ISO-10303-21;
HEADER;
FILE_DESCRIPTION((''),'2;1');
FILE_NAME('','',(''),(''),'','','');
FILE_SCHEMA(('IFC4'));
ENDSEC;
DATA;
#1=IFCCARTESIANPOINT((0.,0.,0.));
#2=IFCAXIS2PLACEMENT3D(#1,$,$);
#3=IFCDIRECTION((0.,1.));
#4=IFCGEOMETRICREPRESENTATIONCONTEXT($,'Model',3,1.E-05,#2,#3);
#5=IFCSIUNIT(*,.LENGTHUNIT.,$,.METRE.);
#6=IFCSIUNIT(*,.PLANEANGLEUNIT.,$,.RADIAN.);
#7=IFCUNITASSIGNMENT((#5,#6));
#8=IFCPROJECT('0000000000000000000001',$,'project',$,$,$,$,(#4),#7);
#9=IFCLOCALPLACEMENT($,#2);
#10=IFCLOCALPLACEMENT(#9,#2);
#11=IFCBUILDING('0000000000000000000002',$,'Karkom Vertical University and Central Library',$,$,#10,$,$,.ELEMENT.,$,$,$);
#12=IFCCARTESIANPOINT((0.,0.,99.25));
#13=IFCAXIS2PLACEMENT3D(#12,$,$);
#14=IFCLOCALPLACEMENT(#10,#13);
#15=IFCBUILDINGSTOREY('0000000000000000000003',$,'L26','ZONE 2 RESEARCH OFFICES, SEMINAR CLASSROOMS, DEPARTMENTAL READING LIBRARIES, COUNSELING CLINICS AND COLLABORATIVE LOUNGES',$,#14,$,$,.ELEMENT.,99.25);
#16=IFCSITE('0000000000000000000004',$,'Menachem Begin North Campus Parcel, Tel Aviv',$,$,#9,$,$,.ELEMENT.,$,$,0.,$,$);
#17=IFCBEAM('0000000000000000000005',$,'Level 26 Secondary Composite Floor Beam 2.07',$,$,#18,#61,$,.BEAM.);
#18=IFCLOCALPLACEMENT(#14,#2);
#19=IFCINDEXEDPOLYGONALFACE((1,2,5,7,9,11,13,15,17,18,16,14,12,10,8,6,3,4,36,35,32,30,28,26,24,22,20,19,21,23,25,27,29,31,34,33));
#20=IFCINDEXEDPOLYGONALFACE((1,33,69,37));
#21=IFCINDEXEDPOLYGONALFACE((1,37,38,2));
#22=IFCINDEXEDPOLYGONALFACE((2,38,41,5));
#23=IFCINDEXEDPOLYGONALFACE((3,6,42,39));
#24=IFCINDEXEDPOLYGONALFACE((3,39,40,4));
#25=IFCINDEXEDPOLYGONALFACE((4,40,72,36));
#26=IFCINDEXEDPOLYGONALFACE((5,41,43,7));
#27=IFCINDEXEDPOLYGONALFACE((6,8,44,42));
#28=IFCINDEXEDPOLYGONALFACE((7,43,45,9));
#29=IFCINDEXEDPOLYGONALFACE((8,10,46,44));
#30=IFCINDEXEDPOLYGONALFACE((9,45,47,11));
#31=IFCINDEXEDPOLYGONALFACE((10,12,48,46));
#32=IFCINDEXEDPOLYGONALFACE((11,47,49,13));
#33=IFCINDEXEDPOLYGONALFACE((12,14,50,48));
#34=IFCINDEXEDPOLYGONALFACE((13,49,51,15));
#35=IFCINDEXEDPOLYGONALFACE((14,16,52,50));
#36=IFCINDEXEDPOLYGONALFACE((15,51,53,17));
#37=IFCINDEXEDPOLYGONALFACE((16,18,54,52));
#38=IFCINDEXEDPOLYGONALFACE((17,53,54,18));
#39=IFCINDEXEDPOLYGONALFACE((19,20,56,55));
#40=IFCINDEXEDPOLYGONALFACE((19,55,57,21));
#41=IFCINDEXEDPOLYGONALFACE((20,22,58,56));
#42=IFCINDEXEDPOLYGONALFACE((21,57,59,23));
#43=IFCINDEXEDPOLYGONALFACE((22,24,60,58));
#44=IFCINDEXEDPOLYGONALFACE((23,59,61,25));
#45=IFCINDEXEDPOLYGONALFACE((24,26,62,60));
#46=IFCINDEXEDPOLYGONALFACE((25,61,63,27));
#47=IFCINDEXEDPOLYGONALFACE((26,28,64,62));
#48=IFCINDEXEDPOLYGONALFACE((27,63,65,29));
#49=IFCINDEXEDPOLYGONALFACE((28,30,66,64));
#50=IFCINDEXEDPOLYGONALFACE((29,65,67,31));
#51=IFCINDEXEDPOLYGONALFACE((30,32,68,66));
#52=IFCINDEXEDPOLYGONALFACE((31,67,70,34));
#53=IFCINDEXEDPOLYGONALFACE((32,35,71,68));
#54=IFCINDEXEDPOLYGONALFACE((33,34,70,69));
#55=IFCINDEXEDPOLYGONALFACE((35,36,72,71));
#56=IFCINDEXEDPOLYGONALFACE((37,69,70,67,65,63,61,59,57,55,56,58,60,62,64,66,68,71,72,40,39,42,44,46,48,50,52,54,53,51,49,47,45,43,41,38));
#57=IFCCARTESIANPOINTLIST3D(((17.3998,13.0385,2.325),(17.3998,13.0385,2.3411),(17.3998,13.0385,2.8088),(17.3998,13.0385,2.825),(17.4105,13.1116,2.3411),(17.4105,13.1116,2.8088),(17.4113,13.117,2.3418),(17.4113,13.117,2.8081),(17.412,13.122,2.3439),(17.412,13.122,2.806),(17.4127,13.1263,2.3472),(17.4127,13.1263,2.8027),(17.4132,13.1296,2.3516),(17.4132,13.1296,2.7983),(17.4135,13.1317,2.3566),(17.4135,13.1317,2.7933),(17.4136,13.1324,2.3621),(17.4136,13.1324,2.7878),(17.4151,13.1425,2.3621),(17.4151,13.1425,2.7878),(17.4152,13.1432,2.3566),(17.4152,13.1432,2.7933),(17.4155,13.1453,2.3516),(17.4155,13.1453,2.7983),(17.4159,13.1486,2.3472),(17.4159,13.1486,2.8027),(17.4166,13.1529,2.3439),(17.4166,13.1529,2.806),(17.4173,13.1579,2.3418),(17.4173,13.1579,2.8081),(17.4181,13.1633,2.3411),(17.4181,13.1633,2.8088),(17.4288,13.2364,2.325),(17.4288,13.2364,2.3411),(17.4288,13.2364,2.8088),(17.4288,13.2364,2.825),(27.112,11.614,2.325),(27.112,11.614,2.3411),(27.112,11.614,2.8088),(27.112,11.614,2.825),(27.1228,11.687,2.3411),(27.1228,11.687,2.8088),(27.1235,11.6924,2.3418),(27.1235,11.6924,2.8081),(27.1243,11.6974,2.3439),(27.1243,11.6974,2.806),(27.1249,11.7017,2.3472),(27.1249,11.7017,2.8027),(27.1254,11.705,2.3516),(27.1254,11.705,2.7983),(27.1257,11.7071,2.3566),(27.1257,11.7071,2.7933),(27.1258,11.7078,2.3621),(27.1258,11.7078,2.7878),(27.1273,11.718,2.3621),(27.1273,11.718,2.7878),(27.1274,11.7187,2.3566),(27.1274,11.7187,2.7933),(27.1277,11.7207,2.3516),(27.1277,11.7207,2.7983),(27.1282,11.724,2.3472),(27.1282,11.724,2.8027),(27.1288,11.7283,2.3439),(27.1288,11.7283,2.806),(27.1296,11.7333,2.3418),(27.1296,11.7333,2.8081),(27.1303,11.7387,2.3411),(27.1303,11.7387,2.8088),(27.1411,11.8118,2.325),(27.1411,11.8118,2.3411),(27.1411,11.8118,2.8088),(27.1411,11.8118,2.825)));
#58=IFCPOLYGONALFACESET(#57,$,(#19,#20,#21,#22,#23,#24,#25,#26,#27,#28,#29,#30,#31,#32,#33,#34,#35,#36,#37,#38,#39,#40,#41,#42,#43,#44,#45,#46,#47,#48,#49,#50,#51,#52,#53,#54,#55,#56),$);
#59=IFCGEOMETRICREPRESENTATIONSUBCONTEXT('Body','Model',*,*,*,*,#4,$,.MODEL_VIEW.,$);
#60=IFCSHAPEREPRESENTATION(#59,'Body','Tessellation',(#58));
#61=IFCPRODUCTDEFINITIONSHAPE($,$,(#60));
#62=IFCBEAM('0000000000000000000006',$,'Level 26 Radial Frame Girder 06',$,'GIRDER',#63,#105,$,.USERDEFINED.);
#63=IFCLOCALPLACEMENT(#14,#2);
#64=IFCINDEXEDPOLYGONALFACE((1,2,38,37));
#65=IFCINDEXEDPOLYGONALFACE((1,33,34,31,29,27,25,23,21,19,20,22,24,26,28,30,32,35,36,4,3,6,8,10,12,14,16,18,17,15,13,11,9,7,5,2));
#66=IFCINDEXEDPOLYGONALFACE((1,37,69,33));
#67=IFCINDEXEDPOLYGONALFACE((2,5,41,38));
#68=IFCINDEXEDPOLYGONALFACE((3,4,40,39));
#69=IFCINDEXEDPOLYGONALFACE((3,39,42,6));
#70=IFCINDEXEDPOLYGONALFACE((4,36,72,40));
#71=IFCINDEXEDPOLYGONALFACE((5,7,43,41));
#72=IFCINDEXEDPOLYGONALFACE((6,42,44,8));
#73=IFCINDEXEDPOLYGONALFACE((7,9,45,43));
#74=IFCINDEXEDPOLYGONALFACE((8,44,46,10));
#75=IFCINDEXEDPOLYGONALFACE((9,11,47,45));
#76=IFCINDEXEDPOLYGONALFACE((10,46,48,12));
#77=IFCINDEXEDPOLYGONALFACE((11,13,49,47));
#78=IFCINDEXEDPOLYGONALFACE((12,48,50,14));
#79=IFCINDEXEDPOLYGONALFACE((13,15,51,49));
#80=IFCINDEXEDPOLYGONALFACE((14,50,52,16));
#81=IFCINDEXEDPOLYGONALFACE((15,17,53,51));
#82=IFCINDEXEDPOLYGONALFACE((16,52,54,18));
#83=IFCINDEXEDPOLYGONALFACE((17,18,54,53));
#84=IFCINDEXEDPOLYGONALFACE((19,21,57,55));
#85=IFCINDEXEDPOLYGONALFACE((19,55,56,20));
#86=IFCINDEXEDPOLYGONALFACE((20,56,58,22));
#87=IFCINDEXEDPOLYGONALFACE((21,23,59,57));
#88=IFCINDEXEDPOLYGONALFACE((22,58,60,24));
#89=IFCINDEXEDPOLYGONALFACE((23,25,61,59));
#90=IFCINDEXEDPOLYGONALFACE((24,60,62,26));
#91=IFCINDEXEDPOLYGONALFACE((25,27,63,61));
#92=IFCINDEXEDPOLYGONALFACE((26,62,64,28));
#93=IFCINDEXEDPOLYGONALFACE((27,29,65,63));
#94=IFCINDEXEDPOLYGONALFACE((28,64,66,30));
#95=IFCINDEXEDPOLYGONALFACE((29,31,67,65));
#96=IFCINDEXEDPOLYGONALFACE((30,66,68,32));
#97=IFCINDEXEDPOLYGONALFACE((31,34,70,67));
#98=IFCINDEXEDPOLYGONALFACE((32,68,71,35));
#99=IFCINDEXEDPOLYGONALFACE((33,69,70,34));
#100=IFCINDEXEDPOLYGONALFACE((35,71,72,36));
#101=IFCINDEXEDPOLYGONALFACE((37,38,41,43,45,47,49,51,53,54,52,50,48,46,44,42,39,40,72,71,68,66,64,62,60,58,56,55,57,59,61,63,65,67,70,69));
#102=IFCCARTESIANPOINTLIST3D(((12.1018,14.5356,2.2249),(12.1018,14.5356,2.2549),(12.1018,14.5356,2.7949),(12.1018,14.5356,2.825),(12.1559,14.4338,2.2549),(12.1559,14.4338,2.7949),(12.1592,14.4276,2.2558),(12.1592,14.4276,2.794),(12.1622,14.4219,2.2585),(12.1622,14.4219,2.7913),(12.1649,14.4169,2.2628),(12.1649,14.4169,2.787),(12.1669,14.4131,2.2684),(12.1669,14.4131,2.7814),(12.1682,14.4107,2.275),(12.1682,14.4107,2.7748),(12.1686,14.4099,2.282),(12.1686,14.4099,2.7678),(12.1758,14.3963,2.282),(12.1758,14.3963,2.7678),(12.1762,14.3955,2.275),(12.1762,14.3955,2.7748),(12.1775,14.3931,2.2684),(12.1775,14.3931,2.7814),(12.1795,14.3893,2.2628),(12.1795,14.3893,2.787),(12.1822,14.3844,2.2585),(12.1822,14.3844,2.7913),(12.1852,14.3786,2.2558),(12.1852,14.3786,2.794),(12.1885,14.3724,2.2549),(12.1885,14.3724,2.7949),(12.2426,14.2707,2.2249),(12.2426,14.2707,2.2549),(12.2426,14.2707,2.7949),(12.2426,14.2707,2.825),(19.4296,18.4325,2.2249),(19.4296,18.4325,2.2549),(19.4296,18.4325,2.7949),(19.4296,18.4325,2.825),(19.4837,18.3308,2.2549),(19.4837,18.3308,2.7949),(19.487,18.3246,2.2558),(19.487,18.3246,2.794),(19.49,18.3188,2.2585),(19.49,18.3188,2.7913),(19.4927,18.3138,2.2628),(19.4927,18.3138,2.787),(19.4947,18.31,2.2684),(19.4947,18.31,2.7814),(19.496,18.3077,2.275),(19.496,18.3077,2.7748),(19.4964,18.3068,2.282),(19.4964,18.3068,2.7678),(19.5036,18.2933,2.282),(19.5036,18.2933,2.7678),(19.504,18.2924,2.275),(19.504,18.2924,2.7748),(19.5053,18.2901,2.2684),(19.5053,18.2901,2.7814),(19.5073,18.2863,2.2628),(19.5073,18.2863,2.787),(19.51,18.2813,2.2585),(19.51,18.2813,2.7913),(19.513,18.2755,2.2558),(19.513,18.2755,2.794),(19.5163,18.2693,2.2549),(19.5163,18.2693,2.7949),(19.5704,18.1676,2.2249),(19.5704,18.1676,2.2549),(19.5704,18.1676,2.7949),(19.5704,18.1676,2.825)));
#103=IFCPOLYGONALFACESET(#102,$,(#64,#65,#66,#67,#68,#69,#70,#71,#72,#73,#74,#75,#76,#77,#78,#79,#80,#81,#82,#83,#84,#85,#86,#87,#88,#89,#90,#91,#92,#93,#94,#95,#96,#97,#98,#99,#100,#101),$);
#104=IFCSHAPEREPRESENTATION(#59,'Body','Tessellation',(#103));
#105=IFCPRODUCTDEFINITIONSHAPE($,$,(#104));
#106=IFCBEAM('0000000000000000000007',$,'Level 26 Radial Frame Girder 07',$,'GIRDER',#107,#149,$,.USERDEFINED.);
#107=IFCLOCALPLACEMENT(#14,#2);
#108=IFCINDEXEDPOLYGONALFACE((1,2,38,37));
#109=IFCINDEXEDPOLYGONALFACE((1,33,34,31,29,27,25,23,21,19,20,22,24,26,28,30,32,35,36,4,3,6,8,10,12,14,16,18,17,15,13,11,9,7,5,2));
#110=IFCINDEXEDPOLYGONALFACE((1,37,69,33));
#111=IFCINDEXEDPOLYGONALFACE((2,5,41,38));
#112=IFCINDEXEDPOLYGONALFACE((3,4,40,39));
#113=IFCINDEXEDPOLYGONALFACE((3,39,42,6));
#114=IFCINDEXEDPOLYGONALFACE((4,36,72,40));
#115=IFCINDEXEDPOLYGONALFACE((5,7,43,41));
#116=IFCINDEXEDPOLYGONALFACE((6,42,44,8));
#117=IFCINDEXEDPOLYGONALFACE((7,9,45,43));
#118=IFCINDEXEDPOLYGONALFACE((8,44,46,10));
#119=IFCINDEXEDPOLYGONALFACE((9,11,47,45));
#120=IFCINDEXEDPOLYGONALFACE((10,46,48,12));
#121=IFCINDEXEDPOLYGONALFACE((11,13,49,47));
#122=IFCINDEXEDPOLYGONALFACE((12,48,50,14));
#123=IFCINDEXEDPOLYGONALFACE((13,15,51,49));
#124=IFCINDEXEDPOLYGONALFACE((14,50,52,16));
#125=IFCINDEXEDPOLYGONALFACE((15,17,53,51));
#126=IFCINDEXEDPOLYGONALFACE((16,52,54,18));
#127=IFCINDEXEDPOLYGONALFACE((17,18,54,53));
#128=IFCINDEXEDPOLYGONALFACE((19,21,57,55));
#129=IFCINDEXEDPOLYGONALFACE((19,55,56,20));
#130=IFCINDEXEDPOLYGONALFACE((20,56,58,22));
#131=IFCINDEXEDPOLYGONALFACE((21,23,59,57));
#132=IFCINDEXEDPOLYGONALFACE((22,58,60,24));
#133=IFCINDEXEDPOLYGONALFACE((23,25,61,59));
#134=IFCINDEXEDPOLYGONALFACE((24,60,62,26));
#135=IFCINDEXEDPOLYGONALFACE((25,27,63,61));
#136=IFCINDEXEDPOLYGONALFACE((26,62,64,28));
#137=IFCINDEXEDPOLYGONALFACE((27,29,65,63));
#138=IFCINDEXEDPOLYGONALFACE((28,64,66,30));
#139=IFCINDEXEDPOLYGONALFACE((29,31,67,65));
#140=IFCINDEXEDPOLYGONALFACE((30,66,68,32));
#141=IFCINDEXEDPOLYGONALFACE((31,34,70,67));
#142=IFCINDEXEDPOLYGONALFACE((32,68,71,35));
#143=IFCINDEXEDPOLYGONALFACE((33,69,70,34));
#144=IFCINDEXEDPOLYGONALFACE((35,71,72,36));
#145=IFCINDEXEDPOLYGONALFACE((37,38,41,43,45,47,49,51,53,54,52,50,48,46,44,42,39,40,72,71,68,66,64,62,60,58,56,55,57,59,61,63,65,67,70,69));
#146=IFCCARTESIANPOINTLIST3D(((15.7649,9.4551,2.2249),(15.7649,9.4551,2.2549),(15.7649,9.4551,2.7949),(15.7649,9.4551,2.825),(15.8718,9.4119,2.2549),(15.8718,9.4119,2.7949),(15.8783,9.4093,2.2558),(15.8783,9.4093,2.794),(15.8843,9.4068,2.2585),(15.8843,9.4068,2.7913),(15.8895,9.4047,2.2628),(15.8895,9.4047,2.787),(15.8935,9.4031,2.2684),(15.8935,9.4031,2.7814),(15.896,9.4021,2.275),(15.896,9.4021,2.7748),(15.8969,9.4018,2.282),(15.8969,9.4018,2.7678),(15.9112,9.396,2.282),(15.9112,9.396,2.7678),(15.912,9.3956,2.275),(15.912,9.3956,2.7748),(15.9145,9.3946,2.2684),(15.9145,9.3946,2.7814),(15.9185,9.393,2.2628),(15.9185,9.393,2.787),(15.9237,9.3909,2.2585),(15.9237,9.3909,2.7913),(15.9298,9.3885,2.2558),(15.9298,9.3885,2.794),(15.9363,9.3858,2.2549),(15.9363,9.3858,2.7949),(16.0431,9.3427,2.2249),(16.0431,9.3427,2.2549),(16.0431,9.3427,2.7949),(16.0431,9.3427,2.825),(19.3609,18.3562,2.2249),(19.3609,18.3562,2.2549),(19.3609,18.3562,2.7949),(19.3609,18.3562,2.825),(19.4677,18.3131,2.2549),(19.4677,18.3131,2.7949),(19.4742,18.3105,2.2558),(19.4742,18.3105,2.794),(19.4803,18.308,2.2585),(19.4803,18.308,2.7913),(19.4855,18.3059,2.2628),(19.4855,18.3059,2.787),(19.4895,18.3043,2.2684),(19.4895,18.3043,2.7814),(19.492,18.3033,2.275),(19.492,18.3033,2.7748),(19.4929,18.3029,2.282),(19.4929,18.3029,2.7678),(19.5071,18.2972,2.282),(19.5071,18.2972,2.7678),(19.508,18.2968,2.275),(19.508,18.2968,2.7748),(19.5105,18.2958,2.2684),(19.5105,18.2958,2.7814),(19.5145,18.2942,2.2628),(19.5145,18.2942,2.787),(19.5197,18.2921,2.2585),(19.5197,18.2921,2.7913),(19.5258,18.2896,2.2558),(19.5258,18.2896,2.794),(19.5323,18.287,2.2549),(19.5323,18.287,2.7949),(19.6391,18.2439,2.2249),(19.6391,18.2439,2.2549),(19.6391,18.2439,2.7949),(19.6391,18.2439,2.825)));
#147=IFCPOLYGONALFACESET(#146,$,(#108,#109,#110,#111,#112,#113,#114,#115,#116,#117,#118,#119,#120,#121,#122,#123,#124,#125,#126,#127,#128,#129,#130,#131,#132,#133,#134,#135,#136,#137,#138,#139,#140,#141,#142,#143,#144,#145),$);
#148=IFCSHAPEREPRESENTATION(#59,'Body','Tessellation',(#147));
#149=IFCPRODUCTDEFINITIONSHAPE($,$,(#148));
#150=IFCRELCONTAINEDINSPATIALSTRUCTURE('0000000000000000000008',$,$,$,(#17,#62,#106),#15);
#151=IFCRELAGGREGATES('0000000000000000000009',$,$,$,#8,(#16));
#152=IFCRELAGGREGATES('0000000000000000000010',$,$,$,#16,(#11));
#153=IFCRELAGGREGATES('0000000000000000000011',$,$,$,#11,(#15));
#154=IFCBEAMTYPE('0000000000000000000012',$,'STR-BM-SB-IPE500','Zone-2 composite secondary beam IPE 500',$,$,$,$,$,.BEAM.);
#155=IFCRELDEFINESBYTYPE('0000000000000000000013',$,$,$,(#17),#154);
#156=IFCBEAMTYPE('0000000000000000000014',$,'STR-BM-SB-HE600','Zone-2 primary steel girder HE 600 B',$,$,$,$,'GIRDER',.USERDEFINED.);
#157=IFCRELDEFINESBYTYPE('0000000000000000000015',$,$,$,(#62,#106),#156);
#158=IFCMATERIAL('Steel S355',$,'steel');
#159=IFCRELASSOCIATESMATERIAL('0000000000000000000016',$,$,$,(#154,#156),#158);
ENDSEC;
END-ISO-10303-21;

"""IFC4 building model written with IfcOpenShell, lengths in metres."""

from ifc_helpers import new_model, si_unit, direction, frame, origin, origin_with_axes, origin_2d, place, context, subcontext, project, spatial, i_section, extrude, source, transform, mapped, material, material_profile, profile_set, type_object, element, save


model = new_model("IFC4")

# Units and contexts
model_context = context("Model", 3, precision=1e-05, world=origin(), true_north=direction((0.0, 1.0)))
body_context = subcontext(model_context, "Body", "Model", "MODEL_VIEW")
ifc_project = project(units=[si_unit("LENGTHUNIT", "METRE"), si_unit("PLANEANGLEUNIT", "RADIAN")], contexts=[model_context])

# Site, building, storey
site_placement = place(None, origin())
site = spatial("IfcSite", under=ifc_project, at=site_placement, Name="Menachem Begin North Campus Parcel, Tel Aviv", CompositionType="ELEMENT", RefElevation=0.0)
building_placement = place(site_placement, origin())
building = spatial("IfcBuilding", under=site, at=building_placement, Name="Karkom Vertical University and Central Library", CompositionType="ELEMENT")
storey_placement = place(building_placement, frame((0.0, 0.0, 99.25)))
storey = spatial("IfcBuildingStorey", under=building, at=storey_placement, Name="L26", Description="ZONE 2 RESEARCH OFFICES, SEMINAR CLASSROOMS, DEPARTMENTAL READING LIBRARIES, COUNSELING CLINICS AND COLLABORATIVE LOUNGES", CompositionType="ELEMENT", Elevation=99.25)

# Beams
ifc_material_1 = material(Name="Steel S355", Category="steel")
ifc_material_profile_1 = material_profile(ifc_material_1, i_section(OverallWidth=0.2, OverallDepth=0.5, WebThickness=0.0103, FlangeThickness=0.0161, FilletRadius=0.021, at=origin_2d()), Name="IPE 500")
ifc_profile_set_1 = profile_set([ifc_material_profile_1], Name="Steel S355")
beam_type_1 = type_object("IfcBeamType", Name="STR-BM-SB-IPE500", Description="Zone-2 composite secondary beam IPE 500", PredefinedType="BEAM", material=ifc_profile_set_1)
shared_shape_1 = source(origin_with_axes(), body_context, "Body", "SweptSolid", [
    extrude(i_section(OverallWidth=0.2, OverallDepth=0.5, WebThickness=0.0103, FlangeThickness=0.0161, FilletRadius=0.021, at=origin_2d()), origin(), (0.0, 0.0, 1.0), 9.8162),
])
beam_1_placement = place(storey_placement, frame((17.4143, 13.1375, 2.575), z_axis=(0.989413, -0.145125, 0.0), x_axis=(0.145125, 0.989413, 0.0)))
element("IfcBeam", 1, at=beam_1_placement, inside=storey, type_object=beam_type_1, Name="Level 26 Secondary Composite Floor Beam 2.07", PredefinedType="BEAM", context=body_context, shape_type="MappedRepresentation", body=[
    mapped(shared_shape_1, transform((0.0, 0.0, 0.0), scale=1.0)),
])
ifc_material_profile_2 = material_profile(ifc_material_1, i_section(OverallWidth=0.3, OverallDepth=0.6001, WebThickness=0.0154, FlangeThickness=0.03, FilletRadius=0.0271, at=origin_2d()), Name="HE 600 B")
ifc_profile_set_2 = profile_set([ifc_material_profile_2], Name="Steel S355")
beam_type_2 = type_object("IfcBeamType", Name="STR-BM-SB-HE600", Description="Zone-2 primary steel girder HE 600 B", ElementType="GIRDER", PredefinedType="USERDEFINED", material=ifc_profile_set_2)
shared_shape_2 = source(origin_with_axes(), body_context, "Body", "SweptSolid", [
    extrude(i_section(OverallWidth=0.3, OverallDepth=0.6001, WebThickness=0.0154, FlangeThickness=0.03, FilletRadius=0.0271, at=origin_2d()), origin(), (0.0, 0.0, 1.0), 8.2996),
])
beam_2_placement = place(storey_placement, frame((19.5, 18.3, 2.5249), z_axis=(-0.882914, -0.469534, 0.0), x_axis=(0.469534, -0.882914, 0.0)))
element("IfcBeam", 2, at=beam_2_placement, inside=storey, type_object=beam_type_2, Name="Level 26 Radial Frame Girder 06", ObjectType="GIRDER", PredefinedType="USERDEFINED", context=body_context, shape_type="MappedRepresentation", body=[
    mapped(shared_shape_2, transform((0.0, 0.0, 0.0), scale=1.0)),
])
shared_shape_3 = source(origin_with_axes(), body_context, "Body", "SweptSolid", [
    extrude(i_section(OverallWidth=0.3, OverallDepth=0.6001, WebThickness=0.0154, FlangeThickness=0.03, FilletRadius=0.0271, at=origin_2d()), origin(), (0.0, 0.0, 1.0), 9.6001),
])
beam_3_placement = place(storey_placement, frame((19.5, 18.3, 2.5249), z_axis=(-0.374576, -0.927196, 0.0), x_axis=(0.927196, -0.374576, 0.0)))
element("IfcBeam", 3, at=beam_3_placement, inside=storey, type_object=beam_type_2, Name="Level 26 Radial Frame Girder 07", ObjectType="GIRDER", PredefinedType="USERDEFINED", context=body_context, shape_type="MappedRepresentation", body=[
    mapped(shared_shape_3, transform((0.0, 0.0, 0.0), scale=1.0)),
])

save(model, "model.ifc")
